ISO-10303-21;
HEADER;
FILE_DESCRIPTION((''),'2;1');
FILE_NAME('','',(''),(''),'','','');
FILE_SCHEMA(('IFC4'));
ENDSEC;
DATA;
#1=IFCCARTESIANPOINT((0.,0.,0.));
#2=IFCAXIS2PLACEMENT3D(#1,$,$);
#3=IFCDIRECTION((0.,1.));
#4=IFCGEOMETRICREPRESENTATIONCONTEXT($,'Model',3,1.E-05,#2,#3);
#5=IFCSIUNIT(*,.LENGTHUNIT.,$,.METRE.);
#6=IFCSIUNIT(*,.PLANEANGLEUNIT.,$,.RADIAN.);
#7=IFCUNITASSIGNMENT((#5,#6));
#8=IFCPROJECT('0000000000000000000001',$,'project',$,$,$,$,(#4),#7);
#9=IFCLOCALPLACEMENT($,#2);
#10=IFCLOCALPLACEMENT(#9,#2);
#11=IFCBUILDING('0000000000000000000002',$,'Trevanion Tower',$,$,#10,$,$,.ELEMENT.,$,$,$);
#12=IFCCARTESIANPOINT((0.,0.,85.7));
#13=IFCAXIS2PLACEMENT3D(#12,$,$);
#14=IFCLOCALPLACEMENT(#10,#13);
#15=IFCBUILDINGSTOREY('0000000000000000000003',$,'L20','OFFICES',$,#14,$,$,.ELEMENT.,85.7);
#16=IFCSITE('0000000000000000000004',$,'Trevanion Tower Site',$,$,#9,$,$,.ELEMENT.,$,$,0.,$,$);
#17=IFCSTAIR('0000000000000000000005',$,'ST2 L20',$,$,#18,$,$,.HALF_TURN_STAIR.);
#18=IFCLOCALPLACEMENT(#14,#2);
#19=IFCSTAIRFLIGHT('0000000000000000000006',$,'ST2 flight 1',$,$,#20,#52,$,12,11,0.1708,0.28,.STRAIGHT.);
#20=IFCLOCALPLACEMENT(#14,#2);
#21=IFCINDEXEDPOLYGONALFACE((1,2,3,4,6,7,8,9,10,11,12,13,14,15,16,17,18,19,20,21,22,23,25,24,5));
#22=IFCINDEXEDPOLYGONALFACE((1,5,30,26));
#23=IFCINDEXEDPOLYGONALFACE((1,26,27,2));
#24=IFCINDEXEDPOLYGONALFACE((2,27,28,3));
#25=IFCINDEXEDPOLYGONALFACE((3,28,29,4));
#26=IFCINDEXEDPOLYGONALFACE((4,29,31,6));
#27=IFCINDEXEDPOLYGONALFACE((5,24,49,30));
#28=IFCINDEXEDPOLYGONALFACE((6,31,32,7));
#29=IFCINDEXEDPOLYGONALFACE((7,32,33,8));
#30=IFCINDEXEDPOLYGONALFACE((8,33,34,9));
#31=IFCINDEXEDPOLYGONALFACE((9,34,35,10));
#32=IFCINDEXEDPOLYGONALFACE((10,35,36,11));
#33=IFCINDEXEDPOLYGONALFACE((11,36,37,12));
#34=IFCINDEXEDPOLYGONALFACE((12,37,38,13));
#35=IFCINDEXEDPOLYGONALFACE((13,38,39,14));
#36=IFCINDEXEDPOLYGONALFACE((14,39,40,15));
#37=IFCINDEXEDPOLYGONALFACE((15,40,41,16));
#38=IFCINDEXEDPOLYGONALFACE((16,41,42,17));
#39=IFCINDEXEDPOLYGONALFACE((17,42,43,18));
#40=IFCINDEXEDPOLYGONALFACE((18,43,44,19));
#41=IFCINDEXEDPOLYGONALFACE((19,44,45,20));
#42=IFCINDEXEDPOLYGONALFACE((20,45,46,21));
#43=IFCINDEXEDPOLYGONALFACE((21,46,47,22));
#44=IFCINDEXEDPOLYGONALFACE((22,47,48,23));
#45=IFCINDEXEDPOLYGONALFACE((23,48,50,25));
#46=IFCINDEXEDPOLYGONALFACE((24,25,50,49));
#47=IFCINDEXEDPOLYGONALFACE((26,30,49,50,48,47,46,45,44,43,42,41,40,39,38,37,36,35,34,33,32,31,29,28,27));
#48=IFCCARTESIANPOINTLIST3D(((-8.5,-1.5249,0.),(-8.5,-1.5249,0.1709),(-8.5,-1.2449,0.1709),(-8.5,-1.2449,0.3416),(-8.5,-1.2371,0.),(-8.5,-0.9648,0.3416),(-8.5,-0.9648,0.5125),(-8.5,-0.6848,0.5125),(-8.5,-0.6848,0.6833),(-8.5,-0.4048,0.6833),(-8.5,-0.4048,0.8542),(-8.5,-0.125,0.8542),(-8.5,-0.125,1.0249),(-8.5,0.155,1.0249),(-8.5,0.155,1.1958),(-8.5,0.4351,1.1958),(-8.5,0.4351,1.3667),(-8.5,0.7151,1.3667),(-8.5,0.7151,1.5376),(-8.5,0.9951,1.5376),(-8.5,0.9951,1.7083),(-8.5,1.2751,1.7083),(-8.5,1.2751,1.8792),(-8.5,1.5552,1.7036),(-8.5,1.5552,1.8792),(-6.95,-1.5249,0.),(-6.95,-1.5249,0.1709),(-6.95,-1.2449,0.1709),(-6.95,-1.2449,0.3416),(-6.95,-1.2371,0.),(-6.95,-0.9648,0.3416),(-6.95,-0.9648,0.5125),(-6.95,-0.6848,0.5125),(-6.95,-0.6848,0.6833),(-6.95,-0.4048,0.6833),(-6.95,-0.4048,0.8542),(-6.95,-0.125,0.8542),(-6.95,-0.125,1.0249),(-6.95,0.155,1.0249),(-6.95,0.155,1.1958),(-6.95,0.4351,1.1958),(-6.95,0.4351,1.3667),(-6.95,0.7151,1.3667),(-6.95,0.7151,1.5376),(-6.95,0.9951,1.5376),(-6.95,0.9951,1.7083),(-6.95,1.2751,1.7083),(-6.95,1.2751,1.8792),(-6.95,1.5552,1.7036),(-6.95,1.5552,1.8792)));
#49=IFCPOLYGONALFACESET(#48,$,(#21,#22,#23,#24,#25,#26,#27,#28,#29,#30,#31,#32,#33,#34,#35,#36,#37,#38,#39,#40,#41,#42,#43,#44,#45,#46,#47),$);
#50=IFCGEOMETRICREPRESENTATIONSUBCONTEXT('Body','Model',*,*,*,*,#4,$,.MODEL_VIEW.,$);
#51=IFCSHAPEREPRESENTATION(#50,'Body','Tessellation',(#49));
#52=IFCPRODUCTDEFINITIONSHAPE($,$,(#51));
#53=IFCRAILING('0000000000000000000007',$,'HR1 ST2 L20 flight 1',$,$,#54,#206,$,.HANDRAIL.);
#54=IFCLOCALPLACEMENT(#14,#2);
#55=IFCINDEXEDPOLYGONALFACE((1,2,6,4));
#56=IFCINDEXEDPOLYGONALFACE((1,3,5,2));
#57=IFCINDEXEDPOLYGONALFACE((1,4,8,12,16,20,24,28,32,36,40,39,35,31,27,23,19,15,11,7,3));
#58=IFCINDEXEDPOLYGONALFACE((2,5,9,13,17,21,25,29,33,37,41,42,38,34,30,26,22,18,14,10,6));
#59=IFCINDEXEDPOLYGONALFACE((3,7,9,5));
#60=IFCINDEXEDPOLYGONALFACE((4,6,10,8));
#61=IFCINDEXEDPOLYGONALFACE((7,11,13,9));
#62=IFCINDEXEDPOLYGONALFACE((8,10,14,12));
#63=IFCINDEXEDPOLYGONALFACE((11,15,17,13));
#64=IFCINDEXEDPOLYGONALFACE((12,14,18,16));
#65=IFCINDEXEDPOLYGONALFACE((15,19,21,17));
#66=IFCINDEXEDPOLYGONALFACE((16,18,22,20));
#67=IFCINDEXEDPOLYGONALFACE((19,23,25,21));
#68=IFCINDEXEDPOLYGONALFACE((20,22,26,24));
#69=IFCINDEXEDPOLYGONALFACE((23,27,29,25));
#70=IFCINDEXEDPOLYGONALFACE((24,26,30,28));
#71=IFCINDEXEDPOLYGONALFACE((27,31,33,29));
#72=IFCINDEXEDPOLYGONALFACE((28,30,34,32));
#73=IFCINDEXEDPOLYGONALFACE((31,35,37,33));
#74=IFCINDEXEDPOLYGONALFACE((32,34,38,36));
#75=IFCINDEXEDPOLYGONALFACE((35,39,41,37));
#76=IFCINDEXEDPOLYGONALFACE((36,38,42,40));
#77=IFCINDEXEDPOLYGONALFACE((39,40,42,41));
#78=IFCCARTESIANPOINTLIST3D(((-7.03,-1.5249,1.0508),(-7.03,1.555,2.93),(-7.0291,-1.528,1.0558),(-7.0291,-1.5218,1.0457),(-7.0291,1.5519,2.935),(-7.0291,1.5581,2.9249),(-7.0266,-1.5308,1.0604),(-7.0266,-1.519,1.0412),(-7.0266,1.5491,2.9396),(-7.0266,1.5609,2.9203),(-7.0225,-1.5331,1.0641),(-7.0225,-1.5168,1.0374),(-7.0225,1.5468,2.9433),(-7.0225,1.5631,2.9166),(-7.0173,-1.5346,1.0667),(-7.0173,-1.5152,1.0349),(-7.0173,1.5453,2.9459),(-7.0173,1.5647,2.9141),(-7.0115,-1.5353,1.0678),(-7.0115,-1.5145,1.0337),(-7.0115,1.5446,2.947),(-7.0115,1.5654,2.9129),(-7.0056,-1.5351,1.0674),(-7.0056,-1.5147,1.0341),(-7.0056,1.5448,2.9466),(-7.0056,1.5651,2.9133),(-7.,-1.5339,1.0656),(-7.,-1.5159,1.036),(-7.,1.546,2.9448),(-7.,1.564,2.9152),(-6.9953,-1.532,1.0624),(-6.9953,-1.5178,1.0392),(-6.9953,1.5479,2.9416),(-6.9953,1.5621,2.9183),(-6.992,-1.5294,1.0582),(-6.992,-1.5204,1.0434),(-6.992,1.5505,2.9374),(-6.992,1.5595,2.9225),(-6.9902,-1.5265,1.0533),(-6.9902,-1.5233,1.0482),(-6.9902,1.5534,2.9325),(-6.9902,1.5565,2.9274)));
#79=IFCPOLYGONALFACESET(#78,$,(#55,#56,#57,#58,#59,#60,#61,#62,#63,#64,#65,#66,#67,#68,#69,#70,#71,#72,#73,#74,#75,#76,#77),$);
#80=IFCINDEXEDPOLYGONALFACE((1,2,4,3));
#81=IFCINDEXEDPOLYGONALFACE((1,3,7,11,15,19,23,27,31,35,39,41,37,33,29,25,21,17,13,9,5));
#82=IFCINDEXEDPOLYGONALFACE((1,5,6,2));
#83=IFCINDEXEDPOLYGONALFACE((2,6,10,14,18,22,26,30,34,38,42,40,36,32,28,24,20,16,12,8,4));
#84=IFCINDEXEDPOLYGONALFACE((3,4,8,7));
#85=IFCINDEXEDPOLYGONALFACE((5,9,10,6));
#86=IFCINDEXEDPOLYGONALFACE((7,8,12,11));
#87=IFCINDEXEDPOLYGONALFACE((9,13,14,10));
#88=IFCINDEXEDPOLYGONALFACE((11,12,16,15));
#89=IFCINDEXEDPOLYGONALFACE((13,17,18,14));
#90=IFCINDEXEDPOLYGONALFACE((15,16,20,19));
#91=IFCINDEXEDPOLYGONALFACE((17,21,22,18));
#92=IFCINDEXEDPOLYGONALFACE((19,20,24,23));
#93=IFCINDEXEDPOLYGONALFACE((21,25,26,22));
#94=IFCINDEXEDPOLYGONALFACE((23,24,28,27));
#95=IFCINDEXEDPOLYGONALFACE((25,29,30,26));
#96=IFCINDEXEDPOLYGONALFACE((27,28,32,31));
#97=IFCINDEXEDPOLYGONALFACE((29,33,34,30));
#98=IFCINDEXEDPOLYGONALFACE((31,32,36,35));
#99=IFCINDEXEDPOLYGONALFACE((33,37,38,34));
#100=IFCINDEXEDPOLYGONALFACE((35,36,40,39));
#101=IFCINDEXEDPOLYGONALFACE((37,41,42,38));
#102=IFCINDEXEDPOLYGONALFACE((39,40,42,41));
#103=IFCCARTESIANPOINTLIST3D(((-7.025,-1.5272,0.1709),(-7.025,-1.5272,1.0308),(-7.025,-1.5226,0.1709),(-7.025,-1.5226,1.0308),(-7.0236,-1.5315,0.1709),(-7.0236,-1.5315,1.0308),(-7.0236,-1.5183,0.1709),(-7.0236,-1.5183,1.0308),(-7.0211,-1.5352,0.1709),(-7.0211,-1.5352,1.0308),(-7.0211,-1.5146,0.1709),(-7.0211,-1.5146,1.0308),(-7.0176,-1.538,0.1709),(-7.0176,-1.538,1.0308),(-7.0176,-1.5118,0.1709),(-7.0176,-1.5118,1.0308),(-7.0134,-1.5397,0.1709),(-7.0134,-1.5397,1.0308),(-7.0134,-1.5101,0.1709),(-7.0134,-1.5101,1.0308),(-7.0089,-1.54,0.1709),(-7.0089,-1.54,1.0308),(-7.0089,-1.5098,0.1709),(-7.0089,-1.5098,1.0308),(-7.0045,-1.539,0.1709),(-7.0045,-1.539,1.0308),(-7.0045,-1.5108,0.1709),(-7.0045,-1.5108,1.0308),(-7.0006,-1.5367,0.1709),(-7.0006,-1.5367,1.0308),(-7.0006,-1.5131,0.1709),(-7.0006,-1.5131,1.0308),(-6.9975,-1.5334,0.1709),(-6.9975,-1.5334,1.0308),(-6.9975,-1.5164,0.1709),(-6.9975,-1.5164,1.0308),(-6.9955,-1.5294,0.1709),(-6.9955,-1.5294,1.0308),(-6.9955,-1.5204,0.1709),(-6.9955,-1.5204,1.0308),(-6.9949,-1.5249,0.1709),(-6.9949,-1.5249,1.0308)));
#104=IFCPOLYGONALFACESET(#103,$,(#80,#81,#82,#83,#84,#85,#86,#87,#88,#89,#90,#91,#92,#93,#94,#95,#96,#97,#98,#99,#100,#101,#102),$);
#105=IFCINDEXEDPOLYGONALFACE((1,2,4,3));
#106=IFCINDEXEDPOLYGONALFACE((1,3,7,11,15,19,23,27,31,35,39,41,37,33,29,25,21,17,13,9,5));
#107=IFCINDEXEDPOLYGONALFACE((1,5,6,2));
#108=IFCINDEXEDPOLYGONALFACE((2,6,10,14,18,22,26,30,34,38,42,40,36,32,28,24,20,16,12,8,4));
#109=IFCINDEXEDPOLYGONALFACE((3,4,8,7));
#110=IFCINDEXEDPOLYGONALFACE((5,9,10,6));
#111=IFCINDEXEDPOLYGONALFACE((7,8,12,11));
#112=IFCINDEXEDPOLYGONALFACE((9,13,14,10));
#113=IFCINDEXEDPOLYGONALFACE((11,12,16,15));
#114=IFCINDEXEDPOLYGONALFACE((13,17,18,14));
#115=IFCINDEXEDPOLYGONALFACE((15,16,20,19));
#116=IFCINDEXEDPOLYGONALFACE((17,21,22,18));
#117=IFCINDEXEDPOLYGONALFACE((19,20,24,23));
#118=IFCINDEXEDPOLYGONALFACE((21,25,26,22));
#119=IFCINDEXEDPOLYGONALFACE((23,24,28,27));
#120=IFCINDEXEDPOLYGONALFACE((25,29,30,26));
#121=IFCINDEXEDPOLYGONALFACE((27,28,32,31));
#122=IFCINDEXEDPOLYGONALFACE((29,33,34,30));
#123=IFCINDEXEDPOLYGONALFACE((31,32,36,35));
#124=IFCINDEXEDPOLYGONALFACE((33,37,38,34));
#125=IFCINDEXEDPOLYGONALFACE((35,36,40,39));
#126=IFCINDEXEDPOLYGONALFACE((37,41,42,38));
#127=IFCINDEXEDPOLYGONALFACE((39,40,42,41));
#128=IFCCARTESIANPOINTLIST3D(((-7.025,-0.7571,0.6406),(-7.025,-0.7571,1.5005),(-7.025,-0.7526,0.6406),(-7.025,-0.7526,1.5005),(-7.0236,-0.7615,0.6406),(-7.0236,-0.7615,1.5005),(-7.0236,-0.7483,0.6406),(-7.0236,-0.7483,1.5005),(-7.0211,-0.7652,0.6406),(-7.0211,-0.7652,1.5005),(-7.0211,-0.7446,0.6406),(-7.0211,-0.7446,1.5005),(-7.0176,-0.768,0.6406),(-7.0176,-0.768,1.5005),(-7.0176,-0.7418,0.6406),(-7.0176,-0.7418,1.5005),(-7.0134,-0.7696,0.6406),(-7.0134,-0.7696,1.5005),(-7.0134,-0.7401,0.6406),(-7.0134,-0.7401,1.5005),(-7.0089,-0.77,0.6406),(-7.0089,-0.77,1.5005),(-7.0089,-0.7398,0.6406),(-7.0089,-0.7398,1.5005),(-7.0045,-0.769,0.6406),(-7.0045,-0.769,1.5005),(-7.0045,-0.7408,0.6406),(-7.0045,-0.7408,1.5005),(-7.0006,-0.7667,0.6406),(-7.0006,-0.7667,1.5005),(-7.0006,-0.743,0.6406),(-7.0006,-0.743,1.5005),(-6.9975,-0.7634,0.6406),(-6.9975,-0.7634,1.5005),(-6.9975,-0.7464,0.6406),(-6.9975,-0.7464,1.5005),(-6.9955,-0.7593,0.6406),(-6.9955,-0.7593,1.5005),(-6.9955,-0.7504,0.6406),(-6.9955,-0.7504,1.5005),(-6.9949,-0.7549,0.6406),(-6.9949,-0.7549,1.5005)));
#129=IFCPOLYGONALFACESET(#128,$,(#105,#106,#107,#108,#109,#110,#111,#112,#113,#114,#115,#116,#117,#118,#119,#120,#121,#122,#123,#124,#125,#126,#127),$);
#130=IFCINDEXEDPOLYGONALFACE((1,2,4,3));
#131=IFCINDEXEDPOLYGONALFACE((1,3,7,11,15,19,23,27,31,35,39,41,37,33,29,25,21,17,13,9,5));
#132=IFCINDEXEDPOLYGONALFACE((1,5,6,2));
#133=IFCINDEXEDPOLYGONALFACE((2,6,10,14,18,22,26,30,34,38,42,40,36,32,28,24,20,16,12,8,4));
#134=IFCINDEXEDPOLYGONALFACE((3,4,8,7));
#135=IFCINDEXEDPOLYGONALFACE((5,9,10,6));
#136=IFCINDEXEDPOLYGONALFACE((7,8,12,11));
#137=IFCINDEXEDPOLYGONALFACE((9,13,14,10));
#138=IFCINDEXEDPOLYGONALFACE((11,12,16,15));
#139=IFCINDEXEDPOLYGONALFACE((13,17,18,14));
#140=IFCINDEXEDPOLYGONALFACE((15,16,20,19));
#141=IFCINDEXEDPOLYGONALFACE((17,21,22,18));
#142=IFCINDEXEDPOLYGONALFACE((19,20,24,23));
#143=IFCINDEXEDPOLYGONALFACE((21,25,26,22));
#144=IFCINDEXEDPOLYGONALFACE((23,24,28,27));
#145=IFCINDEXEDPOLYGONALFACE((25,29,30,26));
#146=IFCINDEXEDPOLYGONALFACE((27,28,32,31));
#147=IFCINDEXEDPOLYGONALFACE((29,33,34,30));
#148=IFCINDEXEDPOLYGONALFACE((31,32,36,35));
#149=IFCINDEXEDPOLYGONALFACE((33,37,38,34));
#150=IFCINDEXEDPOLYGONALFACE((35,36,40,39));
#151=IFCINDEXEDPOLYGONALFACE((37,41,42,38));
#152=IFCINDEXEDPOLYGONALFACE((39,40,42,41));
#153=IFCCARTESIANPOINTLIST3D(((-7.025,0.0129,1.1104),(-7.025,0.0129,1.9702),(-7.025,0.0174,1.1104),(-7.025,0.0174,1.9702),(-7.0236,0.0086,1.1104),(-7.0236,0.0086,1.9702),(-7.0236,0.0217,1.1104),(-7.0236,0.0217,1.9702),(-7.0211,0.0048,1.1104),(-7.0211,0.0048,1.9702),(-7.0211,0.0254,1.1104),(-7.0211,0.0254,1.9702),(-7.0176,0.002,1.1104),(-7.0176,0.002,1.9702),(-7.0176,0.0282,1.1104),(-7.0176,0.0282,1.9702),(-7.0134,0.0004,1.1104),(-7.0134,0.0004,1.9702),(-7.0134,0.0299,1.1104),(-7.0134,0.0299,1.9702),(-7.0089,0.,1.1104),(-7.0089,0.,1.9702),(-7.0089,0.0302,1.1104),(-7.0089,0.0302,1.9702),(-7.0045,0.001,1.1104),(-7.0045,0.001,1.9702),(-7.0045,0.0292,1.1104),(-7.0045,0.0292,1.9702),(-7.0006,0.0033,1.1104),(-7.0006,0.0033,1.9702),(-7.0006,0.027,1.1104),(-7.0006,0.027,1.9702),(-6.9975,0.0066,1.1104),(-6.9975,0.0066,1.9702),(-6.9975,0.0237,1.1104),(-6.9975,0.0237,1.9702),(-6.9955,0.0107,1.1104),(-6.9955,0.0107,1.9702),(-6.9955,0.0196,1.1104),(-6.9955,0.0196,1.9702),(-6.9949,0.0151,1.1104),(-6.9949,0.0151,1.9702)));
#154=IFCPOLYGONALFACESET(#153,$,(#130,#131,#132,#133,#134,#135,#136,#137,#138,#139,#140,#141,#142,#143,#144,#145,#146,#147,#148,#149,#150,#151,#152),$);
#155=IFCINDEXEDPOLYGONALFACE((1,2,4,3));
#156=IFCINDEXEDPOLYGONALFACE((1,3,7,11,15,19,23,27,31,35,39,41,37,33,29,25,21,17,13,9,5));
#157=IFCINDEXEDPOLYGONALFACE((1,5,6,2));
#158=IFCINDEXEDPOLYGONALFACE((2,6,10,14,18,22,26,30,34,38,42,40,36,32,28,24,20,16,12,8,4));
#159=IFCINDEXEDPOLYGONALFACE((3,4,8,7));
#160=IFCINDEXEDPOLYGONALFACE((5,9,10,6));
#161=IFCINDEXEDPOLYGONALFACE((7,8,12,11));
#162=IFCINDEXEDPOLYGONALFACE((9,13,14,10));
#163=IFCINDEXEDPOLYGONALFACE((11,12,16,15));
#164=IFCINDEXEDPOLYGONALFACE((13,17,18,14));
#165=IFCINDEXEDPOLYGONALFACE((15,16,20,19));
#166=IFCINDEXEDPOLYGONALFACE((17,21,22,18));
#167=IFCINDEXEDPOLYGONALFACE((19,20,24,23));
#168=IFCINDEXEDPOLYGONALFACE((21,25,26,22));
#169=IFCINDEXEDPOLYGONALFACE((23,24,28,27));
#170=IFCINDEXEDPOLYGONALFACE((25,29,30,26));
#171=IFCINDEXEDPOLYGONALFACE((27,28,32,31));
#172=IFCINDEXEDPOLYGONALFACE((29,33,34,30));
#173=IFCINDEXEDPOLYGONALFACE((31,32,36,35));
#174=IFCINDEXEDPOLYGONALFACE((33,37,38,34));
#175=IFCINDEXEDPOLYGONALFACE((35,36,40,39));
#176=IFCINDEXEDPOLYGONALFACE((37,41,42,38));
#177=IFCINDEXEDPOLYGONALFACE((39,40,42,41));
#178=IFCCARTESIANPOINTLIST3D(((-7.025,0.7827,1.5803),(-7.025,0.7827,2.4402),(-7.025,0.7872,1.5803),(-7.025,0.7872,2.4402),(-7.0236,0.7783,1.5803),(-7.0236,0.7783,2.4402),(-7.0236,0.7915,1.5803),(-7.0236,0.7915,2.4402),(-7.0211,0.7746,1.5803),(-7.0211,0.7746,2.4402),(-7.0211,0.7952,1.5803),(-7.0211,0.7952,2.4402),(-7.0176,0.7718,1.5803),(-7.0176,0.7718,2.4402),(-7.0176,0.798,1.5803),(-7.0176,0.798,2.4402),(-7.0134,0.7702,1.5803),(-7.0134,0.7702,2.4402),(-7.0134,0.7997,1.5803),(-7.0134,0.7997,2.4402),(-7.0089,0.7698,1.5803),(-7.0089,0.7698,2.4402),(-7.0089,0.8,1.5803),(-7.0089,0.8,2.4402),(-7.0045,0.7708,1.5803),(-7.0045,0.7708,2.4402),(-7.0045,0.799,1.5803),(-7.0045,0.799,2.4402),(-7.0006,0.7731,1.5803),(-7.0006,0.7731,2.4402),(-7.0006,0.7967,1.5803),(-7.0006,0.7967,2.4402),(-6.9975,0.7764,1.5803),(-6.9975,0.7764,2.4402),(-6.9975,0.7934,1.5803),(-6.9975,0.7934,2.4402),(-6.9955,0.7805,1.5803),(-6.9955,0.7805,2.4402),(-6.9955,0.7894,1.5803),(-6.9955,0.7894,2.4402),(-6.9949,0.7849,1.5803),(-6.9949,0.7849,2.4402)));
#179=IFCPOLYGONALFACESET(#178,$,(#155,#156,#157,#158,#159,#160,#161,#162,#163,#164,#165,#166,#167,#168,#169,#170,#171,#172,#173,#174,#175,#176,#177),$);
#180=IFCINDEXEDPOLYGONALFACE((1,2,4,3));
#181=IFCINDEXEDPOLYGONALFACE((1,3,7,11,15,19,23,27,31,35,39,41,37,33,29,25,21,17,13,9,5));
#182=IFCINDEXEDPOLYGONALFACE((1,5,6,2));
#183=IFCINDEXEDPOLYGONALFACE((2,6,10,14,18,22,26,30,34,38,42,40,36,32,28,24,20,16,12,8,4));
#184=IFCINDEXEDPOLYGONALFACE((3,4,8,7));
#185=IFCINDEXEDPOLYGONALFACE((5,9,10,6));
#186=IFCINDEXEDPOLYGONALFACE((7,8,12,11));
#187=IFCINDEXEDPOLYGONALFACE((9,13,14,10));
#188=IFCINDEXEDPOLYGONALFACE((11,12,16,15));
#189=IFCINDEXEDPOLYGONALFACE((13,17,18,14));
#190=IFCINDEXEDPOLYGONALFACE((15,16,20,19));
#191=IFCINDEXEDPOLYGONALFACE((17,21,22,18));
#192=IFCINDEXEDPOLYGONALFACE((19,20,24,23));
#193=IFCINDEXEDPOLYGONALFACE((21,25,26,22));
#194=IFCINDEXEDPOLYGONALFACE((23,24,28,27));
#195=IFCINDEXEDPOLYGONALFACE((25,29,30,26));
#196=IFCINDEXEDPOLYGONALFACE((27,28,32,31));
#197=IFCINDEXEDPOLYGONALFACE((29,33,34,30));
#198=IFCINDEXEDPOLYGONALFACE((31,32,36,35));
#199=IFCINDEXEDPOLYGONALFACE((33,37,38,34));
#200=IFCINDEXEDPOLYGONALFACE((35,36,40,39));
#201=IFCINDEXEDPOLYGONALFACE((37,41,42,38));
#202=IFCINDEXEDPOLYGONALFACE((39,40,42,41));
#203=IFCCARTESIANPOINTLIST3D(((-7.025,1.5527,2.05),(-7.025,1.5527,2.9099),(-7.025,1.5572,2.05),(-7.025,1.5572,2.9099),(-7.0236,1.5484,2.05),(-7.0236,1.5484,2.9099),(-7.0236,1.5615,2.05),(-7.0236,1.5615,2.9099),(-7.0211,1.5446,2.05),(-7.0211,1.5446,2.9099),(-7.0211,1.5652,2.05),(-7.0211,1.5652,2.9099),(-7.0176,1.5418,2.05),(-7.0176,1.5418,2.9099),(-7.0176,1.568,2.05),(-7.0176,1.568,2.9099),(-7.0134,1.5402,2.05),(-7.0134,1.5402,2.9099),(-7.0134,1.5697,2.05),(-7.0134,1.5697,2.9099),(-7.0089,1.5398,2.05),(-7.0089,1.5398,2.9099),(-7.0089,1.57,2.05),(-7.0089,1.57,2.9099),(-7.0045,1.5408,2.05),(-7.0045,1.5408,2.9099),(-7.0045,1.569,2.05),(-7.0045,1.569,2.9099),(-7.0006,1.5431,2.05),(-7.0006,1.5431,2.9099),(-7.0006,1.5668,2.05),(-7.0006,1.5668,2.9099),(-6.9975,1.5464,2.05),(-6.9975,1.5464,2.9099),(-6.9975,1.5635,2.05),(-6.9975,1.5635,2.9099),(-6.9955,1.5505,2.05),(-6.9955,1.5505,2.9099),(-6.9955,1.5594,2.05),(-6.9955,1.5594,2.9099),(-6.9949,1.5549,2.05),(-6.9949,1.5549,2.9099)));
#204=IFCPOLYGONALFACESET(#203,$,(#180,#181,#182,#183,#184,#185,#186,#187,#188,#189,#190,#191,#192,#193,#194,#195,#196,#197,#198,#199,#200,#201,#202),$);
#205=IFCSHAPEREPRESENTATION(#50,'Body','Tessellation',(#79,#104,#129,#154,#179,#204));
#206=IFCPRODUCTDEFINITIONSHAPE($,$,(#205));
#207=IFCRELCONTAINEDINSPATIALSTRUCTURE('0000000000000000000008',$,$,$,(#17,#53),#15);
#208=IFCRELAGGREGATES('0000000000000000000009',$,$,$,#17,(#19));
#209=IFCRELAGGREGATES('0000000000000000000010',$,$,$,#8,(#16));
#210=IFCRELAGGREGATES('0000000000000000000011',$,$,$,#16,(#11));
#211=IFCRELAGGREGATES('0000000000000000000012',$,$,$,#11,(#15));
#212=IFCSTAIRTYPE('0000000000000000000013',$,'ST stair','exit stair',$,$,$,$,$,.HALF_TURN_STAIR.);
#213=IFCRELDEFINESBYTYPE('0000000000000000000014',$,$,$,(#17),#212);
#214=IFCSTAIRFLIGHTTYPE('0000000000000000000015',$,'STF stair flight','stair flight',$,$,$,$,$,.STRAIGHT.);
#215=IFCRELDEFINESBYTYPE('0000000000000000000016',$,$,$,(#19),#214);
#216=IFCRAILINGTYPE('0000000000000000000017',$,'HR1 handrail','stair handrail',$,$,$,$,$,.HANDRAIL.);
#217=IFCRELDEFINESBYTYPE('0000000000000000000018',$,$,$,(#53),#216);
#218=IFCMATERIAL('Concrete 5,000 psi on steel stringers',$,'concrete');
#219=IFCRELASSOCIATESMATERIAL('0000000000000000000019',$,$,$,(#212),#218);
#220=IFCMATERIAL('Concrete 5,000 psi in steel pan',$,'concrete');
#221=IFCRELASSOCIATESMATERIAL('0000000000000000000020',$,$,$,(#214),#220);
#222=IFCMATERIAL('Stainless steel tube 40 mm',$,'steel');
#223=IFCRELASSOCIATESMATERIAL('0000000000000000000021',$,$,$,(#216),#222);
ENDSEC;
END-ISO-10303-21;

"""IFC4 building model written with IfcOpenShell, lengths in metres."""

from ifc_helpers import new_model, si_unit, direction, frame, origin, origin_2d, place, context, subcontext, project, spatial, polyline, circle, outline, extrude, material, type_object, element, aggregate, save


model = new_model("IFC4")

# Units and contexts
model_context = context("Model", 3, precision=1e-05, world=origin(), true_north=direction((0.0, 1.0)))
body_context = subcontext(model_context, "Body", "Model", "MODEL_VIEW")
ifc_project = project(units=[si_unit("LENGTHUNIT", "METRE"), si_unit("PLANEANGLEUNIT", "RADIAN")], contexts=[model_context])

# Site, building, storey
site_placement = place(None, origin())
site = spatial("IfcSite", under=ifc_project, at=site_placement, Name="Trevanion Tower Site", CompositionType="ELEMENT", RefElevation=0.0)
building_placement = place(site_placement, origin())
building = spatial("IfcBuilding", under=site, at=building_placement, Name="Trevanion Tower", CompositionType="ELEMENT")
storey_placement = place(building_placement, frame((0.0, 0.0, 85.7)))
storey = spatial("IfcBuildingStorey", under=building, at=storey_placement, Name="L20", Description="OFFICES", CompositionType="ELEMENT", Elevation=85.7)

# Stair, stair flight
ifc_material_1 = material(Name="Concrete 5,000 psi on steel stringers", Category="concrete")
stair_type = type_object("IfcStairType", Name="ST stair", Description="exit stair", PredefinedType="HALF_TURN_STAIR", material=ifc_material_1)
stair_placement = place(storey_placement, origin())
stair = element("IfcStair", 1, at=stair_placement, inside=storey, type_object=stair_type, Name="ST2 L20", PredefinedType="HALF_TURN_STAIR")
ifc_material_2 = material(Name="Concrete 5,000 psi in steel pan", Category="concrete")
stair_flight_type = type_object("IfcStairFlightType", Name="STF stair flight", Description="stair flight", PredefinedType="STRAIGHT", material=ifc_material_2)
stair_flight_placement = place(storey_placement, frame((-7.7251, -1.5249, 0.0), z_axis=(0.0, 0.0, 1.0), x_axis=(0.0, 1.0, 0.0)))
stair_flight = element("IfcStairFlight", 2, at=stair_flight_placement, type_object=stair_flight_type, Name="ST2 flight 1", NumberOfRisers=12, NumberOfTreads=11, PredefinedType="STRAIGHT", RiserHeight=0.1708, TreadLength=0.28, context=body_context, shape_type="SweptSolid", body=[
    extrude(outline(polyline([(0.0, 0.0), (0.0, 0.1709), (0.28, 0.1709), (0.28, 0.3416), (0.5601, 0.3416), (0.5601, 0.5125), (0.8401, 0.5125), (0.8401, 0.6833), (1.1201, 0.6833), (1.1201, 0.8542), (1.3999, 0.8542), (1.3999, 1.0249), (1.6799, 1.0249), (1.6799, 1.1958), (1.96, 1.1958), (1.96, 1.3667), (2.24, 1.3667), (2.24, 1.5376), (2.52, 1.5376), (2.52, 1.7083), (2.8, 1.7083), (2.8, 1.8792), (3.0801, 1.8792), (3.0801, 2.05), (3.0801, 1.7036), (0.2878, 0.0), (0.0, 0.0)])), frame((0.0, 0.7749, 0.0), z_axis=(0.0, -1.0, 0.0), x_axis=(1.0, 0.0, 0.0)), (0.0, 0.0, 1.0), 1.55),
])
aggregate(stair, [stair_flight])

# Railing
ifc_material_3 = material(Name="Stainless steel tube 40 mm", Category="steel")
railing_type = type_object("IfcRailingType", Name="HR1 handrail", Description="stair handrail", PredefinedType="HANDRAIL", material=ifc_material_3)
for number, where, name in (
    (3, (-7.01, -1.5249, 0.1709), "HR1 ST2 L20 flight 1"),
):
    element("IfcRailing", number, at=place(storey_placement, frame(where)), inside=storey, type_object=railing_type, Name=name, PredefinedType="HANDRAIL", context=body_context, shape_type="SweptSolid", body=[
        extrude(circle(Radius=0.02, at=origin_2d()), frame((0.0, 0.0, 0.8799), z_axis=(0.0, 0.853648, 0.52085), x_axis=(-1.0, 0.0, 0.0)), (0.0, 0.0, 1.0), 3.6079),
        extrude(circle(Radius=0.0151, at=origin_2d()), origin(), (0.0, 0.0, 1.0), 0.8599),
        extrude(circle(Radius=0.0151, at=origin_2d()), frame((0.0, 0.77, 0.4697)), (0.0, 0.0, 1.0), 0.8599),
        extrude(circle(Radius=0.0151, at=origin_2d()), frame((0.0, 1.54, 0.9395)), (0.0, 0.0, 1.0), 0.8599),
        extrude(circle(Radius=0.0151, at=origin_2d()), frame((0.0, 2.3098, 1.4094)), (0.0, 0.0, 1.0), 0.8599),
        extrude(circle(Radius=0.0151, at=origin_2d()), frame((0.0, 3.0798, 1.8792)), (0.0, 0.0, 1.0), 0.8599),
    ])

save(model, "model.ifc")
